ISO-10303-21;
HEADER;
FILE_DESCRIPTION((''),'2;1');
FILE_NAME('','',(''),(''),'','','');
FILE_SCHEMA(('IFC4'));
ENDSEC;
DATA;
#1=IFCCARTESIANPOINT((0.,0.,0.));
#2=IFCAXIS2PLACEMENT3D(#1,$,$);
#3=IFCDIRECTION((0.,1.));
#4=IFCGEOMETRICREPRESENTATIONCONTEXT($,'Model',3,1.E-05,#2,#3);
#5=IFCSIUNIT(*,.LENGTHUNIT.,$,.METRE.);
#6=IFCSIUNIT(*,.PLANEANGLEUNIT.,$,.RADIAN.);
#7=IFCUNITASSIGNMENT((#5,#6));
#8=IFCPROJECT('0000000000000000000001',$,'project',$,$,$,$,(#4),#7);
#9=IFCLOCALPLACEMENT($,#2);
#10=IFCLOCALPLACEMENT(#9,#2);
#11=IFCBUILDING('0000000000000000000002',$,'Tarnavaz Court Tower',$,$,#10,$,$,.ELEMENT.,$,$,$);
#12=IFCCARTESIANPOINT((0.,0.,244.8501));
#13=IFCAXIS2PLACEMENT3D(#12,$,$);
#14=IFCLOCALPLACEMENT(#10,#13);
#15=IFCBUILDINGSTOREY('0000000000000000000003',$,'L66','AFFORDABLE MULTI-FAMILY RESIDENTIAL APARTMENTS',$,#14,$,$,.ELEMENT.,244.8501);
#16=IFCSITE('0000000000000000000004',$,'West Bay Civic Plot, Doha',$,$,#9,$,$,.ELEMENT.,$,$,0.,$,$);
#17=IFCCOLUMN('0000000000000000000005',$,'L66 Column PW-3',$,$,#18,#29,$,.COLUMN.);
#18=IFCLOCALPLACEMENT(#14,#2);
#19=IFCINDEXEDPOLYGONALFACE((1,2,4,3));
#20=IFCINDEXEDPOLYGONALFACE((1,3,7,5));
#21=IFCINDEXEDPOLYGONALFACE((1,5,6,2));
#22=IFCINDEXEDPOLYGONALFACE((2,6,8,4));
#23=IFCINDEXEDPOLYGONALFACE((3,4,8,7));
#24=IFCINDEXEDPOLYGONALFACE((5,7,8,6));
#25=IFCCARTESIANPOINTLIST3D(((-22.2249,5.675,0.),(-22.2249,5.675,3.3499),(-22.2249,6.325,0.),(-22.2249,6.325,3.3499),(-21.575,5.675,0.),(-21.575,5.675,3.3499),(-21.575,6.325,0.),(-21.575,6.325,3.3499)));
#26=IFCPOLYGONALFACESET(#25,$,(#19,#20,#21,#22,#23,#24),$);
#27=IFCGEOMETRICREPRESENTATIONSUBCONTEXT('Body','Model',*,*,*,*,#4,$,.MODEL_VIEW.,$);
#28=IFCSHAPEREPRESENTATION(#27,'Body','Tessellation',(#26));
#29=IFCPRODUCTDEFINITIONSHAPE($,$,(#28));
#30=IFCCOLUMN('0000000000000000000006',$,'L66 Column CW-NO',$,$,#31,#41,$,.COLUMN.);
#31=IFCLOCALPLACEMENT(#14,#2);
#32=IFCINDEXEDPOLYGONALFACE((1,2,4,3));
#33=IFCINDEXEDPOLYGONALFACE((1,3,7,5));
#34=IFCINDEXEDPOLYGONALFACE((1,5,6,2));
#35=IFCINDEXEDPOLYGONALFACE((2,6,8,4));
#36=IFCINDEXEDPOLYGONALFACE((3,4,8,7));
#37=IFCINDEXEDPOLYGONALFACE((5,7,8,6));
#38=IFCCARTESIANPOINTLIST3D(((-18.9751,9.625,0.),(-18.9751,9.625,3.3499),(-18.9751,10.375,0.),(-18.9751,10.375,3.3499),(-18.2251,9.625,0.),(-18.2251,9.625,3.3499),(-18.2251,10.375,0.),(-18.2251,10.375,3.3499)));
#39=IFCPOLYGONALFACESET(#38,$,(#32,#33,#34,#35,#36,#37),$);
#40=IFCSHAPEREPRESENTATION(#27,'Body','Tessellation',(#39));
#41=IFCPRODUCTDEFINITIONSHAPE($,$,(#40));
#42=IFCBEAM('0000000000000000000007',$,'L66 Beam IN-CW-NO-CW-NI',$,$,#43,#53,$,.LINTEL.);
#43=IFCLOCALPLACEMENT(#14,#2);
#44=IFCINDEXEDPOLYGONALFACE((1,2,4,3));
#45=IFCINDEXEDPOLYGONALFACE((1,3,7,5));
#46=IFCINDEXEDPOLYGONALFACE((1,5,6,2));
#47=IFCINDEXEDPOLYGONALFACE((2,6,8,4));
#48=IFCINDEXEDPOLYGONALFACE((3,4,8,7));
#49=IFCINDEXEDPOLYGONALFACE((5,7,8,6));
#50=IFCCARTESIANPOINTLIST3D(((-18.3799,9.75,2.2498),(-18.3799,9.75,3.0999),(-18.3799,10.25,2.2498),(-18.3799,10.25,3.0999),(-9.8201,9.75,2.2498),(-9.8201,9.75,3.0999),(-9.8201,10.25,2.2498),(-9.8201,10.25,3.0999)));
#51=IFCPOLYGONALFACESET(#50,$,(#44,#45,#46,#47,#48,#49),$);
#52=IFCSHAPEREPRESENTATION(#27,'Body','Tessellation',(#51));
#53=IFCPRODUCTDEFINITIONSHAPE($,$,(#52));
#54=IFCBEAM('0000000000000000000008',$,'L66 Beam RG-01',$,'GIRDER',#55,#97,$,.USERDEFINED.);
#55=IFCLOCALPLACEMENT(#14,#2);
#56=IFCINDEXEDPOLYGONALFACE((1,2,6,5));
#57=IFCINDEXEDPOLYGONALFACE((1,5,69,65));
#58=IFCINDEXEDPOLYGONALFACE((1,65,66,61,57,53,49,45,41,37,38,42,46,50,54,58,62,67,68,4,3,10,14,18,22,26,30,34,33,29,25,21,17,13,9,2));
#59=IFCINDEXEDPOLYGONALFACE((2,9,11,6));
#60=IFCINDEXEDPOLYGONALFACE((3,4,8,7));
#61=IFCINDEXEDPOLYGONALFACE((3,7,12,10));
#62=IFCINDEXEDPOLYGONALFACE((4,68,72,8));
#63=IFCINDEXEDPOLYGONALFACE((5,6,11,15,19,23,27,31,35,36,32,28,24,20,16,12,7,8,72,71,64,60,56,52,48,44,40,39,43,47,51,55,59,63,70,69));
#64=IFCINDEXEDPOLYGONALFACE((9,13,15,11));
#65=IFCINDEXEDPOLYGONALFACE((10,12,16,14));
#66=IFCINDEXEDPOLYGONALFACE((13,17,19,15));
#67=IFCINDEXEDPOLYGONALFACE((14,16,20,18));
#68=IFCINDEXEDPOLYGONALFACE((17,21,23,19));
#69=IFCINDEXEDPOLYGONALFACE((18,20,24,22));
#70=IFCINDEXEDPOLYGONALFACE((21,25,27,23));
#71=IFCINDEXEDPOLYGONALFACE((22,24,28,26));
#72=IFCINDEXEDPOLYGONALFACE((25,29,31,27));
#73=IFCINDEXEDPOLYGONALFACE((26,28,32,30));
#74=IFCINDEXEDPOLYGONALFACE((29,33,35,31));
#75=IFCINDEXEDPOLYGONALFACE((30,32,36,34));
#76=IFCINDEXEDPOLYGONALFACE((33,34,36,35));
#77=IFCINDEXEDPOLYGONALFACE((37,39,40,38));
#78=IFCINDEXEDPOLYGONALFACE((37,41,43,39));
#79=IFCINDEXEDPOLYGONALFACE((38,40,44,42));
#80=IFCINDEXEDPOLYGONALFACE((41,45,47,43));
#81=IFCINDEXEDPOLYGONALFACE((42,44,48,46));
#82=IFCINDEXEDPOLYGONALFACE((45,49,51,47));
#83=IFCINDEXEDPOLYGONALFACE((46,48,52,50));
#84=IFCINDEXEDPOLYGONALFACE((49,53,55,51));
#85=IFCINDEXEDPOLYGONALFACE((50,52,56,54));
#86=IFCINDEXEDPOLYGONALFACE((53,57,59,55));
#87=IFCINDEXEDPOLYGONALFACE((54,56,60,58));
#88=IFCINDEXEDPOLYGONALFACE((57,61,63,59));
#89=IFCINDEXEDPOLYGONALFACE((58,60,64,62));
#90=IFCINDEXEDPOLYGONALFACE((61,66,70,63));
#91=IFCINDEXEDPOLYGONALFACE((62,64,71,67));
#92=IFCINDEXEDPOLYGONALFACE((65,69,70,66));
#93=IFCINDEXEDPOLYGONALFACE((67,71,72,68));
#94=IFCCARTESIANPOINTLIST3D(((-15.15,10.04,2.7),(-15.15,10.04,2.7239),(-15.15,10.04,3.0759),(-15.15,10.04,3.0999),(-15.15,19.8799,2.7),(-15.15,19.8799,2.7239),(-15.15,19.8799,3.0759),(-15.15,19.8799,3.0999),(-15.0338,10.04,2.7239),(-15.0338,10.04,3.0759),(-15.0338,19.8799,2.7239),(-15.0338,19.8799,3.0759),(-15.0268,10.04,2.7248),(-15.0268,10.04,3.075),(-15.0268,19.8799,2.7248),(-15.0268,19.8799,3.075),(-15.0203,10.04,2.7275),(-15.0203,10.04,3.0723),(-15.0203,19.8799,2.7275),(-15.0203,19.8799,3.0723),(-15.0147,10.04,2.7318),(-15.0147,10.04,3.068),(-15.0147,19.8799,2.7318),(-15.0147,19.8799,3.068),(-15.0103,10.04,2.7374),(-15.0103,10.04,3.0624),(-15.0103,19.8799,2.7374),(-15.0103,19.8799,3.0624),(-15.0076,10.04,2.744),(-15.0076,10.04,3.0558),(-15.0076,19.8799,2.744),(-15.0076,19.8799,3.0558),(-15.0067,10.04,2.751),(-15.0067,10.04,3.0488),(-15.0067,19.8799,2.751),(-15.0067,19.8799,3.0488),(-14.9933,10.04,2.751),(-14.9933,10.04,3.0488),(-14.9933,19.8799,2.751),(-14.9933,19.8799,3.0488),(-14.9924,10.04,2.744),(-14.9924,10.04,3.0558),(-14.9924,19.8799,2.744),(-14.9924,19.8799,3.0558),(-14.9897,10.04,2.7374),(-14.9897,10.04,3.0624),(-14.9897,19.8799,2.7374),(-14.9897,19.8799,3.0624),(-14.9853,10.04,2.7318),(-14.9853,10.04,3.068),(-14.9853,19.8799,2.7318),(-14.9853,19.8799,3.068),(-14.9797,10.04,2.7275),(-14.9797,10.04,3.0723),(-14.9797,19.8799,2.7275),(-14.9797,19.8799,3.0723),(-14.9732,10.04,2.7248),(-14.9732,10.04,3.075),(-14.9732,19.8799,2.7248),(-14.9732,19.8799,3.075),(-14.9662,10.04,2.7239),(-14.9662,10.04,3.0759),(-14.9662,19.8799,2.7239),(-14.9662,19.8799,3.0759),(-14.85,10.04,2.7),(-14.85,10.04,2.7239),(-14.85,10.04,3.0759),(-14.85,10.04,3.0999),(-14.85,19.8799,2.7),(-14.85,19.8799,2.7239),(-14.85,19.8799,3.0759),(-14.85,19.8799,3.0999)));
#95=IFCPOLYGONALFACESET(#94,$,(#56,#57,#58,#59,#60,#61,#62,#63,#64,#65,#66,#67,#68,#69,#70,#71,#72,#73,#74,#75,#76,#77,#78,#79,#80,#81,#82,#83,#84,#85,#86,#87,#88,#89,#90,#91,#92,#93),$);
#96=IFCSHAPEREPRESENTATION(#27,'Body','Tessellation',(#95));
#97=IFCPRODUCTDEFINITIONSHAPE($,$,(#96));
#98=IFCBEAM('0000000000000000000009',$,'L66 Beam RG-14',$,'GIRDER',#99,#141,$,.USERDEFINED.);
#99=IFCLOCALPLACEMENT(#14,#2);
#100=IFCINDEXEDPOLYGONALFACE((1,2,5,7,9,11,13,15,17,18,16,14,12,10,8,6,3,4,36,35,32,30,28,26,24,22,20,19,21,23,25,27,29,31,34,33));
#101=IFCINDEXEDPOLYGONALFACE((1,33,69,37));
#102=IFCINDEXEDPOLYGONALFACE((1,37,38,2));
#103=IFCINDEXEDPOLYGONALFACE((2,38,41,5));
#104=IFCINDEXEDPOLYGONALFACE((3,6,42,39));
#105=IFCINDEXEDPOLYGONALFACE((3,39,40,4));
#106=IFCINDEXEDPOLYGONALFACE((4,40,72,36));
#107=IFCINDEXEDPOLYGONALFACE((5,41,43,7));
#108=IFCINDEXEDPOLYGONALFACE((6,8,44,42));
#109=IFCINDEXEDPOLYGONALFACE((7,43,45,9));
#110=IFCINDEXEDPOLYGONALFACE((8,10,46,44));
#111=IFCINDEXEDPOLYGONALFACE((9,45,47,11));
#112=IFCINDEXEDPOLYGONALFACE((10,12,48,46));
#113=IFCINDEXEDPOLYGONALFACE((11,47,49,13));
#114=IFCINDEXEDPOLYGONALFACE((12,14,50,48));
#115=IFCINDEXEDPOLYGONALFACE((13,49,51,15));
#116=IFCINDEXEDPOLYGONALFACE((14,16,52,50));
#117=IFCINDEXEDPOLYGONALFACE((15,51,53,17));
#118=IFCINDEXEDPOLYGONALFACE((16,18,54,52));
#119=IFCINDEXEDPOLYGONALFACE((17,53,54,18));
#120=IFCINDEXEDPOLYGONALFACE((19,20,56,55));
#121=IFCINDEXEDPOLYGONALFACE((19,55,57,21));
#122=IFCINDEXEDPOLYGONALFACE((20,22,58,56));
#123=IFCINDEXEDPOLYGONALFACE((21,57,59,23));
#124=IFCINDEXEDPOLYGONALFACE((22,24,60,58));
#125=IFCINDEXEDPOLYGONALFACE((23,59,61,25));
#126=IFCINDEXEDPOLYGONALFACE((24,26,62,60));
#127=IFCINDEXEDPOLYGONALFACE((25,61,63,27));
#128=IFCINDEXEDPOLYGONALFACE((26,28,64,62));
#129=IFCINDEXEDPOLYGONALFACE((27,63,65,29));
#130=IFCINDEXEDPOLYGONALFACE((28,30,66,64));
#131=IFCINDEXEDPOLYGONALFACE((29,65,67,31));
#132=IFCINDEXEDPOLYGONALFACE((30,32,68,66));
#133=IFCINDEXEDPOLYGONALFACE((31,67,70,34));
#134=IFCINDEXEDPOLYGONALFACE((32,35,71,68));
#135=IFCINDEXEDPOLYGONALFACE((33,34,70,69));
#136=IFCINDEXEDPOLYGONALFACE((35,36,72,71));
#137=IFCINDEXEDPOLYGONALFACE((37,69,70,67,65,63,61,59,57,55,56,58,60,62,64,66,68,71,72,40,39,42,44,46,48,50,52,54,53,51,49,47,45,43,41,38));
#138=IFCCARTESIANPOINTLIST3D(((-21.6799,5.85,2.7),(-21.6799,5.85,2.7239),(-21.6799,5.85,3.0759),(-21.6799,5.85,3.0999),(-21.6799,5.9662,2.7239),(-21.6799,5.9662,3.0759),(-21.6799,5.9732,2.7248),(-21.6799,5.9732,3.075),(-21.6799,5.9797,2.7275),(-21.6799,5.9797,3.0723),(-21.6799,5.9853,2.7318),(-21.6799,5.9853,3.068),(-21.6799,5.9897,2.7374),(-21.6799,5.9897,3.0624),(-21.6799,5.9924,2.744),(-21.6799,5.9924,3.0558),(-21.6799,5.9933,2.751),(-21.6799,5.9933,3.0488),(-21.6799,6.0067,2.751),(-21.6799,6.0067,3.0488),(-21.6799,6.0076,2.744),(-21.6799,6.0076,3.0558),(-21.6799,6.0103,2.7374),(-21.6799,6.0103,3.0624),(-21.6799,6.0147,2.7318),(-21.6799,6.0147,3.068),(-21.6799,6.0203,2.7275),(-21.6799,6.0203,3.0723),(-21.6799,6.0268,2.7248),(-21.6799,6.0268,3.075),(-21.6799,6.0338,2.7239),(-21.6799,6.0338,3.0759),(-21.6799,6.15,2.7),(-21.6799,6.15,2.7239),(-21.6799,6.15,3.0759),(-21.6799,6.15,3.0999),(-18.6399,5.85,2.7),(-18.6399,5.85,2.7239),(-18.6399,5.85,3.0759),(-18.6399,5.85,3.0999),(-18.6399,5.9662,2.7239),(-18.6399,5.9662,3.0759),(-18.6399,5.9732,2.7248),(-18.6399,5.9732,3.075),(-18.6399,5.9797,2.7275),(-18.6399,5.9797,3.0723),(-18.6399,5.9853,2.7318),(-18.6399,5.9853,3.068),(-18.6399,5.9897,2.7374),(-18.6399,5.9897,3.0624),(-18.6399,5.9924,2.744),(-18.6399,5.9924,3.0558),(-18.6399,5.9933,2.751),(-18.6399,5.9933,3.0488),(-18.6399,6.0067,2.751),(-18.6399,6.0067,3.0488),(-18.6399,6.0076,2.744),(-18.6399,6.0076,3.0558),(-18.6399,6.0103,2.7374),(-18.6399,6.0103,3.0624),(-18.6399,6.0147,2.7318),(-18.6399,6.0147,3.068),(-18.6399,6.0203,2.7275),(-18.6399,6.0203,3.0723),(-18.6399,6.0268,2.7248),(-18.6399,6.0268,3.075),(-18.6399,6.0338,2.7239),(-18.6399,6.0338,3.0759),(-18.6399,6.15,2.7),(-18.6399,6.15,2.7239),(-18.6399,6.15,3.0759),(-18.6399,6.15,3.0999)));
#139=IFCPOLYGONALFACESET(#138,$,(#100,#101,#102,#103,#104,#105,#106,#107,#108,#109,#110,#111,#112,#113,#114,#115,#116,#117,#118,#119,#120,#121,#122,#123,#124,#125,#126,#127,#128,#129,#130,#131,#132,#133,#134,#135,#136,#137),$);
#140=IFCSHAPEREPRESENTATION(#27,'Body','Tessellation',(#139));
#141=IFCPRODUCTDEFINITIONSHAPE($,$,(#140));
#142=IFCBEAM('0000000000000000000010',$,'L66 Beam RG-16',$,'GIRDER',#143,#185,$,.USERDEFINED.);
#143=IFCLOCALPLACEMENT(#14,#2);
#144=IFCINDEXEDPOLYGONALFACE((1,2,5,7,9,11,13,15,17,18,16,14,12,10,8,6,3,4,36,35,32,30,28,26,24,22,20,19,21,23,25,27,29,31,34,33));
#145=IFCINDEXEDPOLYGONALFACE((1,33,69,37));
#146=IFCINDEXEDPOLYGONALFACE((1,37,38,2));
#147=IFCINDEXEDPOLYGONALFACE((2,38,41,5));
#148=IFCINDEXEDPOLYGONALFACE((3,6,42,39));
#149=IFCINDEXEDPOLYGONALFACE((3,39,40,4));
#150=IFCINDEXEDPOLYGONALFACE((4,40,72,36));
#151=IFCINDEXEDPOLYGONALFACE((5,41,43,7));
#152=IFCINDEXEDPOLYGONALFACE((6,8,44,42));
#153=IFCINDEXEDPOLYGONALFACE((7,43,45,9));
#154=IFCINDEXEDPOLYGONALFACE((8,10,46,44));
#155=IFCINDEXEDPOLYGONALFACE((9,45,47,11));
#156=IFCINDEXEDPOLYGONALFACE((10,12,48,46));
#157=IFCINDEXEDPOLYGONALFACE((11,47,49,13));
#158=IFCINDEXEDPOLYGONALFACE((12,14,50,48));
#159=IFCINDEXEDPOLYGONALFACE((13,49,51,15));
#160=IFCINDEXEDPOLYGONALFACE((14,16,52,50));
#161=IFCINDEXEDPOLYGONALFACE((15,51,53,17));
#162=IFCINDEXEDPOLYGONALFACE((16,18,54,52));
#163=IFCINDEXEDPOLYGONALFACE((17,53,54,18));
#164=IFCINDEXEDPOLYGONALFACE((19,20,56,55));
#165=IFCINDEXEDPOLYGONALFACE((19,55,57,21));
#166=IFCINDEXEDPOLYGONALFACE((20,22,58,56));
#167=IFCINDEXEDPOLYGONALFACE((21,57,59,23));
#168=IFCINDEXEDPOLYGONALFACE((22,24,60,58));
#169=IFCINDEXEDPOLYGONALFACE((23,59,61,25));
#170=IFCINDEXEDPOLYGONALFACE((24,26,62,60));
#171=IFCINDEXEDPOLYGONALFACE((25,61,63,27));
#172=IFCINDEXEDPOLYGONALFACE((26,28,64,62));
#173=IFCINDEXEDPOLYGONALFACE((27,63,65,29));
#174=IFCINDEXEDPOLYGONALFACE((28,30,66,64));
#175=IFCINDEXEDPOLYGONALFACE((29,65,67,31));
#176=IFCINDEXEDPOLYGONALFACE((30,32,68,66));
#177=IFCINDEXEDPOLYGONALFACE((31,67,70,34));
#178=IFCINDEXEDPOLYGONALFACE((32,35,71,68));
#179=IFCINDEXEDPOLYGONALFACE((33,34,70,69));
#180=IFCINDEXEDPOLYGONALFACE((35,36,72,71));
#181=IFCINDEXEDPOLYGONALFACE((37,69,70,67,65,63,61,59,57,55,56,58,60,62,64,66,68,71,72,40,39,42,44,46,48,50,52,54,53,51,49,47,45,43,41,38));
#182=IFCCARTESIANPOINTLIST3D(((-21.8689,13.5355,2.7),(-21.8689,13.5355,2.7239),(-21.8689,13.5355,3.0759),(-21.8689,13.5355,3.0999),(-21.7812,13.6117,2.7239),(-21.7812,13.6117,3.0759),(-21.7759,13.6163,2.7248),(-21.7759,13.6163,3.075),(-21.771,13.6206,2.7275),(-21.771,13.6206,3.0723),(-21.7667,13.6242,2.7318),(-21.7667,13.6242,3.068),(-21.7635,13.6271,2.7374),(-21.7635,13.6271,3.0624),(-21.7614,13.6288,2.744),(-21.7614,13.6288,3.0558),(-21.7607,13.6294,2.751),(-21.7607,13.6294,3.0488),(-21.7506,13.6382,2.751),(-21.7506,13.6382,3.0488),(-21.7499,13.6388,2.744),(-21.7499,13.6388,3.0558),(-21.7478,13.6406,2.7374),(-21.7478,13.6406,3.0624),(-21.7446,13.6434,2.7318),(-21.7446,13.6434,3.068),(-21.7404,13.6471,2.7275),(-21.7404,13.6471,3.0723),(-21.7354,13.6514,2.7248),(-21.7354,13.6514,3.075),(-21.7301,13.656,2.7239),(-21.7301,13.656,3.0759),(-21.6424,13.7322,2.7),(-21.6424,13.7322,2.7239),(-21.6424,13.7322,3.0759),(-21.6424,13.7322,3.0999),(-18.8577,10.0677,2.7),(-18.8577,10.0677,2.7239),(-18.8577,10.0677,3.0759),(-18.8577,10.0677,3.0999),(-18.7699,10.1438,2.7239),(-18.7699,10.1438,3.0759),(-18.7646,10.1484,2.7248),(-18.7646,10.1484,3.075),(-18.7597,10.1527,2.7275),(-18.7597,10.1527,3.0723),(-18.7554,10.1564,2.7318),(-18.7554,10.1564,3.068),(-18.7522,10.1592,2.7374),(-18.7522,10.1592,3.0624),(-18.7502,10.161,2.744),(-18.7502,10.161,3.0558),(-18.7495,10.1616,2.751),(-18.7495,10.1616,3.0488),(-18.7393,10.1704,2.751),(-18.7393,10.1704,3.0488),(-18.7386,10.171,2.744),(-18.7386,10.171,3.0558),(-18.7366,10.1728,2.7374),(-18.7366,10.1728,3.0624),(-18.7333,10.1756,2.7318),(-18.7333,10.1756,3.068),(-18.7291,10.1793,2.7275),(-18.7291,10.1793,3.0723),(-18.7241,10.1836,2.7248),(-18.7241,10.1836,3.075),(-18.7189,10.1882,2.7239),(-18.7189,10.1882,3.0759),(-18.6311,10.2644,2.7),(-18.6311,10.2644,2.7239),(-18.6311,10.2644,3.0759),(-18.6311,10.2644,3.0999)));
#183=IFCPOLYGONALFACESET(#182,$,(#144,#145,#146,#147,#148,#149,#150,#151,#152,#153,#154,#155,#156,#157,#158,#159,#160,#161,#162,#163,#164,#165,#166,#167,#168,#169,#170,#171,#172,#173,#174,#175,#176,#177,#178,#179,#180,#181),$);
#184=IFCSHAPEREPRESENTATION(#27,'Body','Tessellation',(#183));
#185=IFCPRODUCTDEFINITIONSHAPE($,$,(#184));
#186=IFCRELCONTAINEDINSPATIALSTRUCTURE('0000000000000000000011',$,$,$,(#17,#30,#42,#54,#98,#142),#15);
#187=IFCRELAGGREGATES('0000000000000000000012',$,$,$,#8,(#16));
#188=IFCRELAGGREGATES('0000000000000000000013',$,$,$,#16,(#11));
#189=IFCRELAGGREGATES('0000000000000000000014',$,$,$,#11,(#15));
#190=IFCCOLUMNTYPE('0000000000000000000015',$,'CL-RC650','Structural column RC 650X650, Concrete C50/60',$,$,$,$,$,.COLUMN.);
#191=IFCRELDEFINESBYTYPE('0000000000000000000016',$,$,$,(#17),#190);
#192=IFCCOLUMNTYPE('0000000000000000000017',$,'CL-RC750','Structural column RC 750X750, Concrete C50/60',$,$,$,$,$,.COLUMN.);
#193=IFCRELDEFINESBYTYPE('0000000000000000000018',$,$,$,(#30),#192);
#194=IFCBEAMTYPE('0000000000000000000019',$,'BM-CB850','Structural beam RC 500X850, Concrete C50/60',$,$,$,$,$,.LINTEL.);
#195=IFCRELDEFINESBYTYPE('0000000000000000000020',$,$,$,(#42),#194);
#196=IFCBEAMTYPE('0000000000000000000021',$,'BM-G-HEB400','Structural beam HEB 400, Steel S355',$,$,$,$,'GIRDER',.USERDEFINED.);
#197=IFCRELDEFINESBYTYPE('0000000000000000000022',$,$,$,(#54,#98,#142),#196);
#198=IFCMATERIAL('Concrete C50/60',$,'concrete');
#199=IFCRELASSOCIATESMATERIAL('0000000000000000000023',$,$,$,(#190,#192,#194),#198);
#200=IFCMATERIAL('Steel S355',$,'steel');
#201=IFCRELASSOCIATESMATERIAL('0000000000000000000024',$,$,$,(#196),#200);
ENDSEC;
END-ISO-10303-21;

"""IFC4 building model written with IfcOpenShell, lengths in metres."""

from ifc_helpers import new_model, si_unit, direction, frame, origin, origin_2d, place, context, subcontext, project, spatial, rectangle, i_section, extrude, material, material_profile, profile_set, type_object, element, save


model = new_model("IFC4")

# Units and contexts
model_context = context("Model", 3, precision=1e-05, world=origin(), true_north=direction((0.0, 1.0)))
body_context = subcontext(model_context, "Body", "Model", "MODEL_VIEW")
ifc_project = project(units=[si_unit("LENGTHUNIT", "METRE"), si_unit("PLANEANGLEUNIT", "RADIAN")], contexts=[model_context])

# Site, building, storey
site_placement = place(None, origin())
site = spatial("IfcSite", under=ifc_project, at=site_placement, Name="West Bay Civic Plot, Doha", CompositionType="ELEMENT", RefElevation=0.0)
building_placement = place(site_placement, origin())
building = spatial("IfcBuilding", under=site, at=building_placement, Name="Tarnavaz Court Tower", CompositionType="ELEMENT")
storey_placement = place(building_placement, frame((0.0, 0.0, 244.8501)))
storey = spatial("IfcBuildingStorey", under=building, at=storey_placement, Name="L66", Description="AFFORDABLE MULTI-FAMILY RESIDENTIAL APARTMENTS", CompositionType="ELEMENT", Elevation=244.8501)

# Columns
ifc_material_1 = material(Name="Concrete C50/60", Category="concrete")
ifc_material_profile_1 = material_profile(ifc_material_1, rectangle(XDim=0.6499, YDim=0.6499, at=origin_2d()), Name="RC 650X650")
ifc_profile_set_1 = profile_set([ifc_material_profile_1], Name="Concrete C50/60")
column_type_1 = type_object("IfcColumnType", Name="CL-RC650", Description="Structural column RC 650X650, Concrete C50/60", PredefinedType="COLUMN", material=ifc_profile_set_1)
column_1_placement = place(storey_placement, frame((-21.8999, 6.0, 0.0), z_axis=(0.0, 0.0, 1.0), x_axis=(1.0, 0.0, 0.0)))
element("IfcColumn", 1, at=column_1_placement, inside=storey, type_object=column_type_1, Name="L66 Column PW-3", PredefinedType="COLUMN", context=body_context, shape_type="SweptSolid", body=[
    extrude(rectangle(XDim=0.6499, YDim=0.6499, at=origin_2d()), origin(), (0.0, 0.0, 1.0), 3.3499),
])
ifc_material_profile_2 = material_profile(ifc_material_1, rectangle(XDim=0.75, YDim=0.75, at=origin_2d()), Name="RC 750X750")
ifc_profile_set_2 = profile_set([ifc_material_profile_2], Name="Concrete C50/60")
column_type_2 = type_object("IfcColumnType", Name="CL-RC750", Description="Structural column RC 750X750, Concrete C50/60", PredefinedType="COLUMN", material=ifc_profile_set_2)
column_2_placement = place(storey_placement, frame((-18.6001, 10.0, 0.0), z_axis=(0.0, 0.0, 1.0), x_axis=(1.0, 0.0, 0.0)))
element("IfcColumn", 2, at=column_2_placement, inside=storey, type_object=column_type_2, Name="L66 Column CW-NO", PredefinedType="COLUMN", context=body_context, shape_type="SweptSolid", body=[
    extrude(rectangle(XDim=0.75, YDim=0.75, at=origin_2d()), origin(), (0.0, 0.0, 1.0), 3.3499),
])

# Beams
ifc_material_profile_3 = material_profile(ifc_material_1, rectangle(XDim=0.5, YDim=0.8501, at=origin_2d()), Name="RC 500X850")
ifc_profile_set_3 = profile_set([ifc_material_profile_3], Name="Concrete C50/60")
beam_type_1 = type_object("IfcBeamType", Name="BM-CB850", Description="Structural beam RC 500X850, Concrete C50/60", PredefinedType="LINTEL", material=ifc_profile_set_3)
beam_1_placement = place(storey_placement, frame((-18.3799, 10.0, 2.6748), z_axis=(1.0, 0.0, 0.0), x_axis=(0.0, 1.0, 0.0)))
element("IfcBeam", 3, at=beam_1_placement, inside=storey, type_object=beam_type_1, Name="L66 Beam IN-CW-NO-CW-NI", PredefinedType="LINTEL", context=body_context, shape_type="SweptSolid", body=[
    extrude(rectangle(XDim=0.5, YDim=0.8501, at=origin_2d()), origin(), (0.0, 0.0, 1.0), 8.5598),
])
ifc_material_2 = material(Name="Steel S355", Category="steel")
ifc_material_profile_4 = material_profile(ifc_material_2, i_section(OverallWidth=0.3, OverallDepth=0.3999, WebThickness=0.0134, FlangeThickness=0.0239, FilletRadius=0.0271, at=origin_2d()), Name="HEB 400")
ifc_profile_set_4 = profile_set([ifc_material_profile_4], Name="Steel S355")
beam_type_2 = type_object("IfcBeamType", Name="BM-G-HEB400", Description="Structural beam HEB 400, Steel S355", ElementType="GIRDER", PredefinedType="USERDEFINED", material=ifc_profile_set_4)
beam_2_placement = place(storey_placement, frame((-15.0, 10.04, 2.8999), z_axis=(0.0, 1.0, 0.0), x_axis=(-1.0, 0.0, 0.0)))
element("IfcBeam", 4, at=beam_2_placement, inside=storey, type_object=beam_type_2, Name="L66 Beam RG-01", ObjectType="GIRDER", PredefinedType="USERDEFINED", context=body_context, shape_type="SweptSolid", body=[
    extrude(i_section(OverallWidth=0.3, OverallDepth=0.3999, WebThickness=0.0134, FlangeThickness=0.0239, FilletRadius=0.0271, at=origin_2d()), origin(), (0.0, 0.0, 1.0), 9.8398),
])
beam_3_placement = place(storey_placement, frame((-18.6399, 6.0, 2.8999), z_axis=(-1.0, 0.0, 0.0), x_axis=(0.0, -1.0, 0.0)))
element("IfcBeam", 5, at=beam_3_placement, inside=storey, type_object=beam_type_2, Name="L66 Beam RG-14", ObjectType="GIRDER", PredefinedType="USERDEFINED", context=body_context, shape_type="SweptSolid", body=[
    extrude(i_section(OverallWidth=0.3, OverallDepth=0.3999, WebThickness=0.0134, FlangeThickness=0.0239, FilletRadius=0.0271, at=origin_2d()), origin(), (0.0, 0.0, 1.0), 3.04),
])
beam_4_placement = place(storey_placement, frame((-18.7444, 10.166, 2.8999), z_axis=(-0.655655, 0.755061, 0.0), x_axis=(-0.755061, -0.655655, 0.0)))
element("IfcBeam", 6, at=beam_4_placement, inside=storey, type_object=beam_type_2, Name="L66 Beam RG-16", ObjectType="GIRDER", PredefinedType="USERDEFINED", context=body_context, shape_type="SweptSolid", body=[
    extrude(i_section(OverallWidth=0.3, OverallDepth=0.3999, WebThickness=0.0134, FlangeThickness=0.0239, FilletRadius=0.0271, at=origin_2d()), origin(), (0.0, 0.0, 1.0), 4.5928),
])

save(model, "model.ifc")
